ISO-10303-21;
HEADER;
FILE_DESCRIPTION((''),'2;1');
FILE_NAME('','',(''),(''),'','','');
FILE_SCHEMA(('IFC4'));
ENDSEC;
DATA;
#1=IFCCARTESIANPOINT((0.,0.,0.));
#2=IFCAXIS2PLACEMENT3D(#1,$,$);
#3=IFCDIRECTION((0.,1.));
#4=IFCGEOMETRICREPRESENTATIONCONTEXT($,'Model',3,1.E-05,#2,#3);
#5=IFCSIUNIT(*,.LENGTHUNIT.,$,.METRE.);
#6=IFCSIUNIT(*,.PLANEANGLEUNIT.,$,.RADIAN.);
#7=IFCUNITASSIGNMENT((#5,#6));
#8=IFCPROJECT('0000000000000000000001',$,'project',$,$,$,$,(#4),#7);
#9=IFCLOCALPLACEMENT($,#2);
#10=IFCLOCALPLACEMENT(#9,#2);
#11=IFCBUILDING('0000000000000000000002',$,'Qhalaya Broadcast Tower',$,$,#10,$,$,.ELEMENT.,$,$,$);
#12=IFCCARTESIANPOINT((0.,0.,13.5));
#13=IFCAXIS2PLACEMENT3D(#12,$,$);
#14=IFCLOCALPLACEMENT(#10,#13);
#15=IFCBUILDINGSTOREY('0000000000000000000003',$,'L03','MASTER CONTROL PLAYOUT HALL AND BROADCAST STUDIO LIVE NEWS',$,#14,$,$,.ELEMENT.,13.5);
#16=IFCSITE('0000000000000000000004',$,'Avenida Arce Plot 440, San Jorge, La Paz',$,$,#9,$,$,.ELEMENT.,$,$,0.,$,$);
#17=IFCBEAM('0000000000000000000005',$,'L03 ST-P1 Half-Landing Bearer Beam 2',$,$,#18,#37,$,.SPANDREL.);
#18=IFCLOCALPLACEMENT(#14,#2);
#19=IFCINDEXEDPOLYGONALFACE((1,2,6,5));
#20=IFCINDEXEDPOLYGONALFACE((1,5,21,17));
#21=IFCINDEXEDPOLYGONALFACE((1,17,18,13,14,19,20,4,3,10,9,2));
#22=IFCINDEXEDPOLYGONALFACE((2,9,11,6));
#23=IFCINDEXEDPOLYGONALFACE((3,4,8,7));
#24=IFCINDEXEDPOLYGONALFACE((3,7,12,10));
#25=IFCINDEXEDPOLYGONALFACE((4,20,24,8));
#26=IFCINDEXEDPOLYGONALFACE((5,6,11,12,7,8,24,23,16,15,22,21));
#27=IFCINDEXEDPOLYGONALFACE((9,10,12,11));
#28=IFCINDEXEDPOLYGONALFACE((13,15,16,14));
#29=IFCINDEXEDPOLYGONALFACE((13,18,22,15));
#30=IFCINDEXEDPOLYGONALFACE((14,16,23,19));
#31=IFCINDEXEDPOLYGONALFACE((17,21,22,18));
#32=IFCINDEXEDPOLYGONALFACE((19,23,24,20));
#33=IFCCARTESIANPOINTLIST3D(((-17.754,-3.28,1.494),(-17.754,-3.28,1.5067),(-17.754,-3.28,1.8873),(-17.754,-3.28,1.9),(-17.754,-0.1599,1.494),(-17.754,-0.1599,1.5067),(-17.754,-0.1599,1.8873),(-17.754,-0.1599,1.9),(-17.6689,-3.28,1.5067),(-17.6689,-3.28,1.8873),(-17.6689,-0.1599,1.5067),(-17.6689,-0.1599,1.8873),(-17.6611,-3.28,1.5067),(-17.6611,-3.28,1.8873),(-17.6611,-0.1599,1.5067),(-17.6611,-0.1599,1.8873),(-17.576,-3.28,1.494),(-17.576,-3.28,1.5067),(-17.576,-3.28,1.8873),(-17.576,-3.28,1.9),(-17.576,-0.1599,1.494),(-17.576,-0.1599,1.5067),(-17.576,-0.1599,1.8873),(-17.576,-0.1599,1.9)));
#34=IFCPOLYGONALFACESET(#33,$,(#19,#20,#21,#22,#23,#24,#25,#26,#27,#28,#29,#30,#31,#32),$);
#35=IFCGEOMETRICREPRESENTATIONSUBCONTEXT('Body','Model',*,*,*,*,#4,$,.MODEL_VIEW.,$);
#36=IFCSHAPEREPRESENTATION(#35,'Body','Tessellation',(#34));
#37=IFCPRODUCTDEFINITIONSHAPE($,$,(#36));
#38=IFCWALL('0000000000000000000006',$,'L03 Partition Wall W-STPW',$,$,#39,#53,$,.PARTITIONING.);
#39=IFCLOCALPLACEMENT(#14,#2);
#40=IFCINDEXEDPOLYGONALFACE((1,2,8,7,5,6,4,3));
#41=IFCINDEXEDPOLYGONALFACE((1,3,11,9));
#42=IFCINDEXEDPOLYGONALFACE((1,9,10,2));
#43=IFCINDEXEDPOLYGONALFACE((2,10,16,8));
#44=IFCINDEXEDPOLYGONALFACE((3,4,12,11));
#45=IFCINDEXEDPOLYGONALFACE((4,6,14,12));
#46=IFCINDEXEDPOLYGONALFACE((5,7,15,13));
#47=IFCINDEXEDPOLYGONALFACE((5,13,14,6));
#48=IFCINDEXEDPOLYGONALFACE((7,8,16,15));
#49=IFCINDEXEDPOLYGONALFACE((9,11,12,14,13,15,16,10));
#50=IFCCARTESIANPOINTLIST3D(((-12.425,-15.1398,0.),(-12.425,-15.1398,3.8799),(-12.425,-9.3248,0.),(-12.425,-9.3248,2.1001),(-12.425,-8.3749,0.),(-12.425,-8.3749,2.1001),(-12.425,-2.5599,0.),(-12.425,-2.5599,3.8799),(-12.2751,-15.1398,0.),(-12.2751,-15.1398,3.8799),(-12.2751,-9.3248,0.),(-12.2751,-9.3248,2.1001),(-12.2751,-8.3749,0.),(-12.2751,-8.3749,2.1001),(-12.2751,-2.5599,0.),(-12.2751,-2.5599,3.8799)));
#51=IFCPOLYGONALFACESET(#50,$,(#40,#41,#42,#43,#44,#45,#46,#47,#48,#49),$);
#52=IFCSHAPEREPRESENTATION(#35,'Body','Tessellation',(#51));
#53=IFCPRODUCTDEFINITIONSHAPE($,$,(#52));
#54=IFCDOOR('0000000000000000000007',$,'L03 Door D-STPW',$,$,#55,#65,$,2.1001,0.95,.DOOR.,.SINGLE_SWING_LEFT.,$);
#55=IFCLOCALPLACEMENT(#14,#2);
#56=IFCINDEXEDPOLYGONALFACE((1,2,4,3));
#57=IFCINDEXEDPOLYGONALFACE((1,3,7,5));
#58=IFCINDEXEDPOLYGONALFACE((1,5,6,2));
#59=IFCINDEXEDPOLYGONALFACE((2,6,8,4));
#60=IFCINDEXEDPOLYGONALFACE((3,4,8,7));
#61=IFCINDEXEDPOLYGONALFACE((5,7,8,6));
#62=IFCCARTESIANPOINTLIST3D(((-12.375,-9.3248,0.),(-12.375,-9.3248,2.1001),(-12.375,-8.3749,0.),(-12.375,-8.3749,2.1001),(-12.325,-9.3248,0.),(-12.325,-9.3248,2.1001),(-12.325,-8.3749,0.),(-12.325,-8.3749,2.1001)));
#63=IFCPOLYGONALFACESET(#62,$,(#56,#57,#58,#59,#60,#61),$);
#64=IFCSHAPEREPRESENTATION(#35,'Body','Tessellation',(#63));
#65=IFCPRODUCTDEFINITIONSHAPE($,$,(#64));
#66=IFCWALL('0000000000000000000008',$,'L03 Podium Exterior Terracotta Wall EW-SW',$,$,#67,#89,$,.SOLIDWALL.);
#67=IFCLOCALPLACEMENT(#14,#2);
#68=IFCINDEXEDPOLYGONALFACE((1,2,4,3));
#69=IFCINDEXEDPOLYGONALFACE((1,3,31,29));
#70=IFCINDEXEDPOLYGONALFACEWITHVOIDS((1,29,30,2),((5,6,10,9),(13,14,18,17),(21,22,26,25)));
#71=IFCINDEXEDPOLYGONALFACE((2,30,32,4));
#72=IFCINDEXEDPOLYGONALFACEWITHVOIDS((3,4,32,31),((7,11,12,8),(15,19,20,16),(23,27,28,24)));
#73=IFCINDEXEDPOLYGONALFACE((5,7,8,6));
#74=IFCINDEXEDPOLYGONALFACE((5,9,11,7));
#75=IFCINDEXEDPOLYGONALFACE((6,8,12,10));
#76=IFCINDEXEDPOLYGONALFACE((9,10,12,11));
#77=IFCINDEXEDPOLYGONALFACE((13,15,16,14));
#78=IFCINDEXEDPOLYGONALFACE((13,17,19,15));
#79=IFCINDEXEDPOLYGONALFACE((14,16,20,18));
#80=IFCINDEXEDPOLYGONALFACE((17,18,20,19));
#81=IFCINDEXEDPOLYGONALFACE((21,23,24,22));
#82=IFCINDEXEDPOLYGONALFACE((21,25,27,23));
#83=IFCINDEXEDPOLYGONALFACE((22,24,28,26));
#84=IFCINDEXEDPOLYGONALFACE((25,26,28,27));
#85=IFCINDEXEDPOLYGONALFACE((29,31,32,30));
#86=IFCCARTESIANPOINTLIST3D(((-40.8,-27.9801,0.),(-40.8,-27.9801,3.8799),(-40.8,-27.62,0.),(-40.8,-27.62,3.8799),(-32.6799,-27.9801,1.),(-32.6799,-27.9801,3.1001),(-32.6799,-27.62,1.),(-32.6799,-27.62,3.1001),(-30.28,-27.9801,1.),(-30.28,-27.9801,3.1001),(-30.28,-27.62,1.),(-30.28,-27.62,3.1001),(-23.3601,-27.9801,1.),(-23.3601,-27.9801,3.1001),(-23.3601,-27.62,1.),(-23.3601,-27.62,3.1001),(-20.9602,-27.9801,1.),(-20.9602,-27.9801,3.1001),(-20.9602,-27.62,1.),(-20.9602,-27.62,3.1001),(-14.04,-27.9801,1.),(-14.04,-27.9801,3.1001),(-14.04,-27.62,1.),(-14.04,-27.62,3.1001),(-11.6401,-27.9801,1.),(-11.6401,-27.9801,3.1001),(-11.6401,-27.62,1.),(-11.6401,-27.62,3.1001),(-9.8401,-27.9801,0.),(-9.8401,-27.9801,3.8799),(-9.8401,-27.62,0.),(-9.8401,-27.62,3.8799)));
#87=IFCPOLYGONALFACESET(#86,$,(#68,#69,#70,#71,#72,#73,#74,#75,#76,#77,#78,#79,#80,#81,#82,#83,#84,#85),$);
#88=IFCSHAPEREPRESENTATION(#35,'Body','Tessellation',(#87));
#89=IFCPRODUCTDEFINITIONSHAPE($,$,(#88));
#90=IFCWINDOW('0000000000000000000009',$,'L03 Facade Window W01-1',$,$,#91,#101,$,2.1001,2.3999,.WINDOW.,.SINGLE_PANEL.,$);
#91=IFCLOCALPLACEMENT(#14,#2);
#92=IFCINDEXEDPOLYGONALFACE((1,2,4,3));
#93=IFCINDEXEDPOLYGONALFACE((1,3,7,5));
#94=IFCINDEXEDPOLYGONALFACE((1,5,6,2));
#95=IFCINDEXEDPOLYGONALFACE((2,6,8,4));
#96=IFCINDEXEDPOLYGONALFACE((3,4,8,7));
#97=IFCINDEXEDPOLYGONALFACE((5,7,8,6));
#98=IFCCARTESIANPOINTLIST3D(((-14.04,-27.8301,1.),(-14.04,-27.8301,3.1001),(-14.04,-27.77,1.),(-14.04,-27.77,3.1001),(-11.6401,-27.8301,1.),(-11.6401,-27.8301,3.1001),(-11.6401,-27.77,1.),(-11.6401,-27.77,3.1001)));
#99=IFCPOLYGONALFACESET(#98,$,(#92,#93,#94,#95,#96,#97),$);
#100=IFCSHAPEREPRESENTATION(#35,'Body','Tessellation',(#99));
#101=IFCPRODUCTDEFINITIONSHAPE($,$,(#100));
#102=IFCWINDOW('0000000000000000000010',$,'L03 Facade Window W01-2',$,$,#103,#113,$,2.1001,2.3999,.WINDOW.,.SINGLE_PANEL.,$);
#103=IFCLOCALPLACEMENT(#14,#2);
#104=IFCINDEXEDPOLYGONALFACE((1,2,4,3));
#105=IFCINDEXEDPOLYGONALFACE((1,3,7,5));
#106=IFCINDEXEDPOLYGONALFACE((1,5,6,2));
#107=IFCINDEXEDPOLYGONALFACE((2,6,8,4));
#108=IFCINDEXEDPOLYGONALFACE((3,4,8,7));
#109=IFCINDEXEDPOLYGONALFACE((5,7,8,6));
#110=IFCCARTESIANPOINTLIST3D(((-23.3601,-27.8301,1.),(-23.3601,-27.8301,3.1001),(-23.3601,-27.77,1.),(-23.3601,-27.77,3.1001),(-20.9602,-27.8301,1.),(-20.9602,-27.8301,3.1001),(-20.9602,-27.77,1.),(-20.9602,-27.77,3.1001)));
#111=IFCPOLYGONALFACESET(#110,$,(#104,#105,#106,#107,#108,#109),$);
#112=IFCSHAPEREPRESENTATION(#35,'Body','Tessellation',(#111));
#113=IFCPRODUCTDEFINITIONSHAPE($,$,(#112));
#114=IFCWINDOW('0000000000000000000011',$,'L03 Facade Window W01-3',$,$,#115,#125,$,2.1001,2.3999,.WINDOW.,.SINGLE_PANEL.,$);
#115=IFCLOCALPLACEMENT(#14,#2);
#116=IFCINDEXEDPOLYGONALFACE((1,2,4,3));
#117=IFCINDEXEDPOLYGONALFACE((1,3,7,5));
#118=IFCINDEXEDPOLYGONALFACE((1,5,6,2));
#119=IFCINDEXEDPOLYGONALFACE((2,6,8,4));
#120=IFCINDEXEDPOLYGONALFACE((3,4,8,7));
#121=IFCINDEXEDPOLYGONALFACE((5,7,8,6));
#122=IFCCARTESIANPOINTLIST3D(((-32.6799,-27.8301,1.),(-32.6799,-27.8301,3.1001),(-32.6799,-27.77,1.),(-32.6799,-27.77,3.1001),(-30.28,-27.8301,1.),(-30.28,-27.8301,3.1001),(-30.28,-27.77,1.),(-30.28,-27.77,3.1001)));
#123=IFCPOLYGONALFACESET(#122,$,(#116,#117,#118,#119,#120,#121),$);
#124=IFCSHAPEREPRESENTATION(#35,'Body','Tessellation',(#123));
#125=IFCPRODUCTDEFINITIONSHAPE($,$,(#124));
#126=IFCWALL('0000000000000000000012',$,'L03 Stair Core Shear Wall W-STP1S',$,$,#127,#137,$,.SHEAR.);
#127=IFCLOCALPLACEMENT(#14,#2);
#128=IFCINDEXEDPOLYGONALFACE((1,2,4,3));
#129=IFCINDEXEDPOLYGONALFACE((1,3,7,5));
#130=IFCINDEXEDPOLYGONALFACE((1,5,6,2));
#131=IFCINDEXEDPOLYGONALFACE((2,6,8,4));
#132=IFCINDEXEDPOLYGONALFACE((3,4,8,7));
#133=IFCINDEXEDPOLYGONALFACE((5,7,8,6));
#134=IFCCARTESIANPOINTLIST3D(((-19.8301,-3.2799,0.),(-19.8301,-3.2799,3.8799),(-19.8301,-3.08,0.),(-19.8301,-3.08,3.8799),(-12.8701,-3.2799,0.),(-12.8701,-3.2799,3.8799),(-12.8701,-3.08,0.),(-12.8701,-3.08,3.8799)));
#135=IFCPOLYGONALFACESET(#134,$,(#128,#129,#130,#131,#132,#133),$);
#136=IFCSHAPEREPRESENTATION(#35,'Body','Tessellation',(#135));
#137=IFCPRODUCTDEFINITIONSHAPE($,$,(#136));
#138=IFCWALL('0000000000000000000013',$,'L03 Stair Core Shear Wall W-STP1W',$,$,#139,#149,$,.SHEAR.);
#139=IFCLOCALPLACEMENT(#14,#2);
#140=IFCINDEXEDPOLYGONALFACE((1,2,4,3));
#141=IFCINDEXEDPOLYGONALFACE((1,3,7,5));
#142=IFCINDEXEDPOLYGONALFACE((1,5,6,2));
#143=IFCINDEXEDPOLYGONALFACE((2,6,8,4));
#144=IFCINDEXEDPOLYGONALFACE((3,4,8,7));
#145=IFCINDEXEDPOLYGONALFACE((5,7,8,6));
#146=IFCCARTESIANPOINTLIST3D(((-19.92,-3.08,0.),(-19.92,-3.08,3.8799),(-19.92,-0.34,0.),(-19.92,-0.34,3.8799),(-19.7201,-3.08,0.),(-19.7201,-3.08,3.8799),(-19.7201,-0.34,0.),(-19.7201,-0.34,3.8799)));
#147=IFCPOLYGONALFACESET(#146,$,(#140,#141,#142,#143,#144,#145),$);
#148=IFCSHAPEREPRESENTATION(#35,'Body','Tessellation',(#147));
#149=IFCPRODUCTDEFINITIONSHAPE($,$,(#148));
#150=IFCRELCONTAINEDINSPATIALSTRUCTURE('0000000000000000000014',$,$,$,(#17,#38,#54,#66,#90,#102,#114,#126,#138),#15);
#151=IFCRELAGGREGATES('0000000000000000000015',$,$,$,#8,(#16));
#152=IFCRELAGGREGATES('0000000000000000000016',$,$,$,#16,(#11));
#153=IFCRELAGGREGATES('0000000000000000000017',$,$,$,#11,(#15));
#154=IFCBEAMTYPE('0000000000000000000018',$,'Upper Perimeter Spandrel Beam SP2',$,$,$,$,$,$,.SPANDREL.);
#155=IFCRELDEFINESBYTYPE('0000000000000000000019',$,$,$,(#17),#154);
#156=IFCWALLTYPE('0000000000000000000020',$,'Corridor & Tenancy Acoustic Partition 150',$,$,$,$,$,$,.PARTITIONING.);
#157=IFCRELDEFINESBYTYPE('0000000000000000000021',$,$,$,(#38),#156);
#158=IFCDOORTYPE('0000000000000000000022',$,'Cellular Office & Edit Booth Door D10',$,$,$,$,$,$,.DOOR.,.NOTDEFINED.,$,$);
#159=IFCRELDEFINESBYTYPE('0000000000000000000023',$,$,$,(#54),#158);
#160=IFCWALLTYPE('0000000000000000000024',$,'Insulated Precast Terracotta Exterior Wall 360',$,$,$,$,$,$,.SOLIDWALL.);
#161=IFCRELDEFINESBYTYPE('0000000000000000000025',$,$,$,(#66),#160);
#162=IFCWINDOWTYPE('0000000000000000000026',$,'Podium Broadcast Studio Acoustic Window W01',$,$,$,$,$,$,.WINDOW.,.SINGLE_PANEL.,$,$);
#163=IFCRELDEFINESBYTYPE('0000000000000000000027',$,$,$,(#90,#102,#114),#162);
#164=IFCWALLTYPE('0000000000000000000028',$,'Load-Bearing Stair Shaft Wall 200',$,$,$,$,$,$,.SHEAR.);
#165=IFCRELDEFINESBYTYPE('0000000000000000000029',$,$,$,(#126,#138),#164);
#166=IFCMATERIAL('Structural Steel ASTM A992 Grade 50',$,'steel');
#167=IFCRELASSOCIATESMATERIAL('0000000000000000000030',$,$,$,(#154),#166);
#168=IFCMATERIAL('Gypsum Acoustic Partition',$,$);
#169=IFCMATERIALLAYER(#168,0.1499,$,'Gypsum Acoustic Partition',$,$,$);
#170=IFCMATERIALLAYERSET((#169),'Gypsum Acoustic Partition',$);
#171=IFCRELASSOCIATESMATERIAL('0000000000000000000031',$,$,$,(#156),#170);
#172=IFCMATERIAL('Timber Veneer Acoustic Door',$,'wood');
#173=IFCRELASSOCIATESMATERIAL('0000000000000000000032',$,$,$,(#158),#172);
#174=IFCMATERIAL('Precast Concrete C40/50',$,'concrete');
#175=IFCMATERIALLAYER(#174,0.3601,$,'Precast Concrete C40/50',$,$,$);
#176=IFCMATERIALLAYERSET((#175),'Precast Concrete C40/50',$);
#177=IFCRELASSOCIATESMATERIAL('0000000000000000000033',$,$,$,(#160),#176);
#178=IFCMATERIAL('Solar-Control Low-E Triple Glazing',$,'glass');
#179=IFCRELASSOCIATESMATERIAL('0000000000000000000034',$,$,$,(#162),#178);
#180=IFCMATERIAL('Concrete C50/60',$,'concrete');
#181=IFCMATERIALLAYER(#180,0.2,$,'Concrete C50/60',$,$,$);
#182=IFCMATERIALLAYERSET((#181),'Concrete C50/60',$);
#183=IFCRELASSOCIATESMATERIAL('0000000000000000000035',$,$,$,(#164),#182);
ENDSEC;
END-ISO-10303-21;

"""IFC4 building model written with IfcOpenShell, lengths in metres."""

from ifc_helpers import new_model, si_unit, direction, frame, frame_2d, origin, origin_2d, place, context, subcontext, project, spatial, rectangle, i_section, extrude, material, layer, layer_set, material_profile, profile_set, type_object, element, fill, save


model = new_model("IFC4")

# Units and contexts
model_context = context("Model", 3, precision=1e-05, world=origin(), true_north=direction((0.0, 1.0)))
body_context = subcontext(model_context, "Body", "Model", "MODEL_VIEW")
ifc_project = project(units=[si_unit("LENGTHUNIT", "METRE"), si_unit("PLANEANGLEUNIT", "RADIAN")], contexts=[model_context])

# Site, building, storey
site_placement = place(None, origin())
site = spatial("IfcSite", under=ifc_project, at=site_placement, Name="Avenida Arce Plot 440, San Jorge, La Paz", CompositionType="ELEMENT", RefElevation=0.0)
building_placement = place(site_placement, origin())
building = spatial("IfcBuilding", under=site, at=building_placement, Name="Qhalaya Broadcast Tower", CompositionType="ELEMENT")
storey_placement = place(building_placement, frame((0.0, 0.0, 13.5)))
storey = spatial("IfcBuildingStorey", under=building, at=storey_placement, Name="L03", Description="MASTER CONTROL PLAYOUT HALL AND BROADCAST STUDIO LIVE NEWS", CompositionType="ELEMENT", Elevation=13.5)

# Beam
ifc_material_1 = material(Name="Structural Steel ASTM A992 Grade 50", Category="steel")
ifc_material_profile_1 = material_profile(ifc_material_1, i_section(OverallWidth=0.178, OverallDepth=0.406, WebThickness=0.0078, FlangeThickness=0.0127, at=origin_2d()), Name="W16X40")
ifc_profile_set_1 = profile_set([ifc_material_profile_1], Name="Structural Steel ASTM A992 Grade 50")
beam_type_1 = type_object("IfcBeamType", Name="Upper Perimeter Spandrel Beam SP2", PredefinedType="SPANDREL", material=ifc_profile_set_1)
for number, where, z_axis, x_axis, name in (
    (1, (-17.665, -3.28, 1.697), (0.0, 1.0, 0.0), (-1.0, 0.0, 0.0), "L03 ST-P1 Half-Landing Bearer Beam 2"),
):
    element("IfcBeam", number, at=place(storey_placement, frame(where, z_axis=z_axis, x_axis=x_axis)), inside=storey, type_object=beam_type_1, Name=name, PredefinedType="SPANDREL", context=body_context, shape_type="SweptSolid", body=[
        extrude(i_section(OverallWidth=0.178, OverallDepth=0.406, WebThickness=0.0078, FlangeThickness=0.0127, at=origin_2d()), origin(), (0.0, 0.0, 1.0), 3.1201),
    ])

# Wall, opening, door
ifc_material_2 = material(Name="Gypsum Acoustic Partition")
ifc_layer_1 = layer(ifc_material_2, 0.1499, Name="Gypsum Acoustic Partition")
ifc_layer_set_1 = layer_set([ifc_layer_1], Name="Gypsum Acoustic Partition")
wall_type_1 = type_object("IfcWallType", Name="Corridor & Tenancy Acoustic Partition 150", PredefinedType="PARTITIONING", material=ifc_layer_set_1)
wall_1_placement = place(storey_placement, frame((-12.3501, -15.1399, 0.0), z_axis=(0.0, 0.0, 1.0), x_axis=(0.0, 1.0, 0.0)))
wall_1 = element("IfcWall", 2, at=wall_1_placement, inside=storey, type_object=wall_type_1, Name="L03 Partition Wall W-STPW", PredefinedType="PARTITIONING", context=body_context, shape_type="SweptSolid", body=[
    extrude(rectangle(XDim=12.5798, YDim=0.1499, at=frame_2d((6.29, 0.0))), origin(), (0.0, 0.0, 1.0), 3.8799),
])
opening_1_placement = place(wall_1_placement, frame((5.8149, 0.0, 0.0)))
opening_1 = element("IfcOpeningElement", 3, at=opening_1_placement, cuts=wall_1, PredefinedType="OPENING", context=body_context, shape_type="SweptSolid", body=[
    extrude(rectangle(XDim=0.95, YDim=2.1001, at=frame_2d((0.4751, 1.05))), frame((0.0, 0.0869, 0.0), z_axis=(0.0, -1.0, 0.0), x_axis=(1.0, 0.0, 0.0)), (0.0, 0.0, 1.0), 0.1738),
])
ifc_material_3 = material(Name="Timber Veneer Acoustic Door", Category="wood")
door_type = type_object("IfcDoorType", Name="Cellular Office & Edit Booth Door D10", OperationType="NOTDEFINED", PredefinedType="DOOR", material=ifc_material_3)
door_placement = place(opening_1_placement, origin())
door = element("IfcDoor", 4, at=door_placement, inside=storey, type_object=door_type, Name="L03 Door D-STPW", OperationType="SINGLE_SWING_LEFT", OverallHeight=2.1001, OverallWidth=0.95, PredefinedType="DOOR", context=body_context, shape_type="SweptSolid", body=[
    extrude(rectangle(XDim=0.95, YDim=2.1001, at=frame_2d((0.4751, 1.05))), frame((0.0, 0.0249, 0.0), z_axis=(0.0, -1.0, 0.0), x_axis=(1.0, 0.0, 0.0)), (0.0, 0.0, 1.0), 0.05),
])
fill(opening_1, door)

# Wall, openings, windows
ifc_material_4 = material(Name="Precast Concrete C40/50", Category="concrete")
ifc_layer_2 = layer(ifc_material_4, 0.3601, Name="Precast Concrete C40/50")
ifc_layer_set_2 = layer_set([ifc_layer_2], Name="Precast Concrete C40/50")
wall_type_2 = type_object("IfcWallType", Name="Insulated Precast Terracotta Exterior Wall 360", PredefinedType="SOLIDWALL", material=ifc_layer_set_2)
wall_2_placement = place(storey_placement, frame((-9.8401, -27.8, 0.0), z_axis=(0.0, 0.0, 1.0), x_axis=(-1.0, 0.0, 0.0)))
wall_2 = element("IfcWall", 5, at=wall_2_placement, inside=storey, type_object=wall_type_2, Name="L03 Podium Exterior Terracotta Wall EW-SW", PredefinedType="SOLIDWALL", context=body_context, shape_type="SweptSolid", body=[
    extrude(rectangle(XDim=30.96, YDim=0.3601, at=frame_2d((15.48, 0.0))), origin(), (0.0, 0.0, 1.0), 3.8799),
])
opening_2_placement = place(wall_2_placement, frame((1.8, 0.0, 1.0)))
opening_2 = element("IfcOpeningElement", 6, at=opening_2_placement, cuts=wall_2, PredefinedType="OPENING", context=body_context, shape_type="SweptSolid", body=[
    extrude(rectangle(XDim=2.3999, YDim=2.1001, at=frame_2d((1.2, 1.05))), frame((0.0, 0.1921, 0.0), z_axis=(0.0, -1.0, 0.0), x_axis=(1.0, 0.0, 0.0)), (0.0, 0.0, 1.0), 0.384),
])
opening_3_placement = place(wall_2_placement, frame((11.1201, 0.0, 1.0)))
opening_3 = element("IfcOpeningElement", 7, at=opening_3_placement, cuts=wall_2, PredefinedType="OPENING", context=body_context, shape_type="SweptSolid", body=[
    extrude(rectangle(XDim=2.3999, YDim=2.1001, at=frame_2d((1.2, 1.05))), frame((0.0, 0.1921, 0.0), z_axis=(0.0, -1.0, 0.0), x_axis=(1.0, 0.0, 0.0)), (0.0, 0.0, 1.0), 0.384),
])
opening_4_placement = place(wall_2_placement, frame((20.4399, 0.0, 1.0)))
opening_4 = element("IfcOpeningElement", 8, at=opening_4_placement, cuts=wall_2, PredefinedType="OPENING", context=body_context, shape_type="SweptSolid", body=[
    extrude(rectangle(XDim=2.3999, YDim=2.1001, at=frame_2d((1.2, 1.05))), frame((0.0, 0.1921, 0.0), z_axis=(0.0, -1.0, 0.0), x_axis=(1.0, 0.0, 0.0)), (0.0, 0.0, 1.0), 0.384),
])
ifc_material_5 = material(Name="Solar-Control Low-E Triple Glazing", Category="glass")
window_type = type_object("IfcWindowType", Name="Podium Broadcast Studio Acoustic Window W01", PartitioningType="SINGLE_PANEL", PredefinedType="WINDOW", material=ifc_material_5)
window_1_placement = place(opening_2_placement, origin())
window_1 = element("IfcWindow", 9, at=window_1_placement, inside=storey, type_object=window_type, Name="L03 Facade Window W01-1", OverallHeight=2.1001, OverallWidth=2.3999, PartitioningType="SINGLE_PANEL", PredefinedType="WINDOW", context=body_context, shape_type="SweptSolid", body=[
    extrude(rectangle(XDim=2.3999, YDim=2.1001, at=frame_2d((1.2, 1.05))), frame((0.0, 0.03, 0.0), z_axis=(0.0, -1.0, 0.0), x_axis=(1.0, 0.0, 0.0)), (0.0, 0.0, 1.0), 0.0601),
])
fill(opening_2, window_1)
window_2_placement = place(opening_3_placement, origin())
window_2 = element("IfcWindow", 10, at=window_2_placement, inside=storey, type_object=window_type, Name="L03 Facade Window W01-2", OverallHeight=2.1001, OverallWidth=2.3999, PartitioningType="SINGLE_PANEL", PredefinedType="WINDOW", context=body_context, shape_type="SweptSolid", body=[
    extrude(rectangle(XDim=2.3999, YDim=2.1001, at=frame_2d((1.2, 1.05))), frame((0.0, 0.03, 0.0), z_axis=(0.0, -1.0, 0.0), x_axis=(1.0, 0.0, 0.0)), (0.0, 0.0, 1.0), 0.0601),
])
fill(opening_3, window_2)
window_3_placement = place(opening_4_placement, origin())
window_3 = element("IfcWindow", 11, at=window_3_placement, inside=storey, type_object=window_type, Name="L03 Facade Window W01-3", OverallHeight=2.1001, OverallWidth=2.3999, PartitioningType="SINGLE_PANEL", PredefinedType="WINDOW", context=body_context, shape_type="SweptSolid", body=[
    extrude(rectangle(XDim=2.3999, YDim=2.1001, at=frame_2d((1.2, 1.05))), frame((0.0, 0.03, 0.0), z_axis=(0.0, -1.0, 0.0), x_axis=(1.0, 0.0, 0.0)), (0.0, 0.0, 1.0), 0.0601),
])
fill(opening_4, window_3)

# Walls
ifc_material_6 = material(Name="Concrete C50/60", Category="concrete")
ifc_layer_3 = layer(ifc_material_6, 0.2, Name="Concrete C50/60")
ifc_layer_set_3 = layer_set([ifc_layer_3], Name="Concrete C50/60")
wall_type_3 = type_object("IfcWallType", Name="Load-Bearing Stair Shaft Wall 200", PredefinedType="SHEAR", material=ifc_layer_set_3)
wall_3_placement = place(storey_placement, frame((-19.8301, -3.1799, 0.0), z_axis=(0.0, 0.0, 1.0), x_axis=(1.0, 0.0, 0.0)))
element("IfcWall", 12, at=wall_3_placement, inside=storey, type_object=wall_type_3, Name="L03 Stair Core Shear Wall W-STP1S", PredefinedType="SHEAR", context=body_context, shape_type="SweptSolid", body=[
    extrude(rectangle(XDim=6.96, YDim=0.2, at=frame_2d((3.48, 0.0))), origin(), (0.0, 0.0, 1.0), 3.8799),
])
wall_4_placement = place(storey_placement, frame((-19.8201, -3.0801, 0.0), z_axis=(0.0, 0.0, 1.0), x_axis=(0.0, 1.0, 0.0)))
element("IfcWall", 13, at=wall_4_placement, inside=storey, type_object=wall_type_3, Name="L03 Stair Core Shear Wall W-STP1W", PredefinedType="SHEAR", context=body_context, shape_type="SweptSolid", body=[
    extrude(rectangle(XDim=2.74, YDim=0.2, at=frame_2d((1.3701, 0.0))), origin(), (0.0, 0.0, 1.0), 3.8799),
])

save(model, "model.ifc")
